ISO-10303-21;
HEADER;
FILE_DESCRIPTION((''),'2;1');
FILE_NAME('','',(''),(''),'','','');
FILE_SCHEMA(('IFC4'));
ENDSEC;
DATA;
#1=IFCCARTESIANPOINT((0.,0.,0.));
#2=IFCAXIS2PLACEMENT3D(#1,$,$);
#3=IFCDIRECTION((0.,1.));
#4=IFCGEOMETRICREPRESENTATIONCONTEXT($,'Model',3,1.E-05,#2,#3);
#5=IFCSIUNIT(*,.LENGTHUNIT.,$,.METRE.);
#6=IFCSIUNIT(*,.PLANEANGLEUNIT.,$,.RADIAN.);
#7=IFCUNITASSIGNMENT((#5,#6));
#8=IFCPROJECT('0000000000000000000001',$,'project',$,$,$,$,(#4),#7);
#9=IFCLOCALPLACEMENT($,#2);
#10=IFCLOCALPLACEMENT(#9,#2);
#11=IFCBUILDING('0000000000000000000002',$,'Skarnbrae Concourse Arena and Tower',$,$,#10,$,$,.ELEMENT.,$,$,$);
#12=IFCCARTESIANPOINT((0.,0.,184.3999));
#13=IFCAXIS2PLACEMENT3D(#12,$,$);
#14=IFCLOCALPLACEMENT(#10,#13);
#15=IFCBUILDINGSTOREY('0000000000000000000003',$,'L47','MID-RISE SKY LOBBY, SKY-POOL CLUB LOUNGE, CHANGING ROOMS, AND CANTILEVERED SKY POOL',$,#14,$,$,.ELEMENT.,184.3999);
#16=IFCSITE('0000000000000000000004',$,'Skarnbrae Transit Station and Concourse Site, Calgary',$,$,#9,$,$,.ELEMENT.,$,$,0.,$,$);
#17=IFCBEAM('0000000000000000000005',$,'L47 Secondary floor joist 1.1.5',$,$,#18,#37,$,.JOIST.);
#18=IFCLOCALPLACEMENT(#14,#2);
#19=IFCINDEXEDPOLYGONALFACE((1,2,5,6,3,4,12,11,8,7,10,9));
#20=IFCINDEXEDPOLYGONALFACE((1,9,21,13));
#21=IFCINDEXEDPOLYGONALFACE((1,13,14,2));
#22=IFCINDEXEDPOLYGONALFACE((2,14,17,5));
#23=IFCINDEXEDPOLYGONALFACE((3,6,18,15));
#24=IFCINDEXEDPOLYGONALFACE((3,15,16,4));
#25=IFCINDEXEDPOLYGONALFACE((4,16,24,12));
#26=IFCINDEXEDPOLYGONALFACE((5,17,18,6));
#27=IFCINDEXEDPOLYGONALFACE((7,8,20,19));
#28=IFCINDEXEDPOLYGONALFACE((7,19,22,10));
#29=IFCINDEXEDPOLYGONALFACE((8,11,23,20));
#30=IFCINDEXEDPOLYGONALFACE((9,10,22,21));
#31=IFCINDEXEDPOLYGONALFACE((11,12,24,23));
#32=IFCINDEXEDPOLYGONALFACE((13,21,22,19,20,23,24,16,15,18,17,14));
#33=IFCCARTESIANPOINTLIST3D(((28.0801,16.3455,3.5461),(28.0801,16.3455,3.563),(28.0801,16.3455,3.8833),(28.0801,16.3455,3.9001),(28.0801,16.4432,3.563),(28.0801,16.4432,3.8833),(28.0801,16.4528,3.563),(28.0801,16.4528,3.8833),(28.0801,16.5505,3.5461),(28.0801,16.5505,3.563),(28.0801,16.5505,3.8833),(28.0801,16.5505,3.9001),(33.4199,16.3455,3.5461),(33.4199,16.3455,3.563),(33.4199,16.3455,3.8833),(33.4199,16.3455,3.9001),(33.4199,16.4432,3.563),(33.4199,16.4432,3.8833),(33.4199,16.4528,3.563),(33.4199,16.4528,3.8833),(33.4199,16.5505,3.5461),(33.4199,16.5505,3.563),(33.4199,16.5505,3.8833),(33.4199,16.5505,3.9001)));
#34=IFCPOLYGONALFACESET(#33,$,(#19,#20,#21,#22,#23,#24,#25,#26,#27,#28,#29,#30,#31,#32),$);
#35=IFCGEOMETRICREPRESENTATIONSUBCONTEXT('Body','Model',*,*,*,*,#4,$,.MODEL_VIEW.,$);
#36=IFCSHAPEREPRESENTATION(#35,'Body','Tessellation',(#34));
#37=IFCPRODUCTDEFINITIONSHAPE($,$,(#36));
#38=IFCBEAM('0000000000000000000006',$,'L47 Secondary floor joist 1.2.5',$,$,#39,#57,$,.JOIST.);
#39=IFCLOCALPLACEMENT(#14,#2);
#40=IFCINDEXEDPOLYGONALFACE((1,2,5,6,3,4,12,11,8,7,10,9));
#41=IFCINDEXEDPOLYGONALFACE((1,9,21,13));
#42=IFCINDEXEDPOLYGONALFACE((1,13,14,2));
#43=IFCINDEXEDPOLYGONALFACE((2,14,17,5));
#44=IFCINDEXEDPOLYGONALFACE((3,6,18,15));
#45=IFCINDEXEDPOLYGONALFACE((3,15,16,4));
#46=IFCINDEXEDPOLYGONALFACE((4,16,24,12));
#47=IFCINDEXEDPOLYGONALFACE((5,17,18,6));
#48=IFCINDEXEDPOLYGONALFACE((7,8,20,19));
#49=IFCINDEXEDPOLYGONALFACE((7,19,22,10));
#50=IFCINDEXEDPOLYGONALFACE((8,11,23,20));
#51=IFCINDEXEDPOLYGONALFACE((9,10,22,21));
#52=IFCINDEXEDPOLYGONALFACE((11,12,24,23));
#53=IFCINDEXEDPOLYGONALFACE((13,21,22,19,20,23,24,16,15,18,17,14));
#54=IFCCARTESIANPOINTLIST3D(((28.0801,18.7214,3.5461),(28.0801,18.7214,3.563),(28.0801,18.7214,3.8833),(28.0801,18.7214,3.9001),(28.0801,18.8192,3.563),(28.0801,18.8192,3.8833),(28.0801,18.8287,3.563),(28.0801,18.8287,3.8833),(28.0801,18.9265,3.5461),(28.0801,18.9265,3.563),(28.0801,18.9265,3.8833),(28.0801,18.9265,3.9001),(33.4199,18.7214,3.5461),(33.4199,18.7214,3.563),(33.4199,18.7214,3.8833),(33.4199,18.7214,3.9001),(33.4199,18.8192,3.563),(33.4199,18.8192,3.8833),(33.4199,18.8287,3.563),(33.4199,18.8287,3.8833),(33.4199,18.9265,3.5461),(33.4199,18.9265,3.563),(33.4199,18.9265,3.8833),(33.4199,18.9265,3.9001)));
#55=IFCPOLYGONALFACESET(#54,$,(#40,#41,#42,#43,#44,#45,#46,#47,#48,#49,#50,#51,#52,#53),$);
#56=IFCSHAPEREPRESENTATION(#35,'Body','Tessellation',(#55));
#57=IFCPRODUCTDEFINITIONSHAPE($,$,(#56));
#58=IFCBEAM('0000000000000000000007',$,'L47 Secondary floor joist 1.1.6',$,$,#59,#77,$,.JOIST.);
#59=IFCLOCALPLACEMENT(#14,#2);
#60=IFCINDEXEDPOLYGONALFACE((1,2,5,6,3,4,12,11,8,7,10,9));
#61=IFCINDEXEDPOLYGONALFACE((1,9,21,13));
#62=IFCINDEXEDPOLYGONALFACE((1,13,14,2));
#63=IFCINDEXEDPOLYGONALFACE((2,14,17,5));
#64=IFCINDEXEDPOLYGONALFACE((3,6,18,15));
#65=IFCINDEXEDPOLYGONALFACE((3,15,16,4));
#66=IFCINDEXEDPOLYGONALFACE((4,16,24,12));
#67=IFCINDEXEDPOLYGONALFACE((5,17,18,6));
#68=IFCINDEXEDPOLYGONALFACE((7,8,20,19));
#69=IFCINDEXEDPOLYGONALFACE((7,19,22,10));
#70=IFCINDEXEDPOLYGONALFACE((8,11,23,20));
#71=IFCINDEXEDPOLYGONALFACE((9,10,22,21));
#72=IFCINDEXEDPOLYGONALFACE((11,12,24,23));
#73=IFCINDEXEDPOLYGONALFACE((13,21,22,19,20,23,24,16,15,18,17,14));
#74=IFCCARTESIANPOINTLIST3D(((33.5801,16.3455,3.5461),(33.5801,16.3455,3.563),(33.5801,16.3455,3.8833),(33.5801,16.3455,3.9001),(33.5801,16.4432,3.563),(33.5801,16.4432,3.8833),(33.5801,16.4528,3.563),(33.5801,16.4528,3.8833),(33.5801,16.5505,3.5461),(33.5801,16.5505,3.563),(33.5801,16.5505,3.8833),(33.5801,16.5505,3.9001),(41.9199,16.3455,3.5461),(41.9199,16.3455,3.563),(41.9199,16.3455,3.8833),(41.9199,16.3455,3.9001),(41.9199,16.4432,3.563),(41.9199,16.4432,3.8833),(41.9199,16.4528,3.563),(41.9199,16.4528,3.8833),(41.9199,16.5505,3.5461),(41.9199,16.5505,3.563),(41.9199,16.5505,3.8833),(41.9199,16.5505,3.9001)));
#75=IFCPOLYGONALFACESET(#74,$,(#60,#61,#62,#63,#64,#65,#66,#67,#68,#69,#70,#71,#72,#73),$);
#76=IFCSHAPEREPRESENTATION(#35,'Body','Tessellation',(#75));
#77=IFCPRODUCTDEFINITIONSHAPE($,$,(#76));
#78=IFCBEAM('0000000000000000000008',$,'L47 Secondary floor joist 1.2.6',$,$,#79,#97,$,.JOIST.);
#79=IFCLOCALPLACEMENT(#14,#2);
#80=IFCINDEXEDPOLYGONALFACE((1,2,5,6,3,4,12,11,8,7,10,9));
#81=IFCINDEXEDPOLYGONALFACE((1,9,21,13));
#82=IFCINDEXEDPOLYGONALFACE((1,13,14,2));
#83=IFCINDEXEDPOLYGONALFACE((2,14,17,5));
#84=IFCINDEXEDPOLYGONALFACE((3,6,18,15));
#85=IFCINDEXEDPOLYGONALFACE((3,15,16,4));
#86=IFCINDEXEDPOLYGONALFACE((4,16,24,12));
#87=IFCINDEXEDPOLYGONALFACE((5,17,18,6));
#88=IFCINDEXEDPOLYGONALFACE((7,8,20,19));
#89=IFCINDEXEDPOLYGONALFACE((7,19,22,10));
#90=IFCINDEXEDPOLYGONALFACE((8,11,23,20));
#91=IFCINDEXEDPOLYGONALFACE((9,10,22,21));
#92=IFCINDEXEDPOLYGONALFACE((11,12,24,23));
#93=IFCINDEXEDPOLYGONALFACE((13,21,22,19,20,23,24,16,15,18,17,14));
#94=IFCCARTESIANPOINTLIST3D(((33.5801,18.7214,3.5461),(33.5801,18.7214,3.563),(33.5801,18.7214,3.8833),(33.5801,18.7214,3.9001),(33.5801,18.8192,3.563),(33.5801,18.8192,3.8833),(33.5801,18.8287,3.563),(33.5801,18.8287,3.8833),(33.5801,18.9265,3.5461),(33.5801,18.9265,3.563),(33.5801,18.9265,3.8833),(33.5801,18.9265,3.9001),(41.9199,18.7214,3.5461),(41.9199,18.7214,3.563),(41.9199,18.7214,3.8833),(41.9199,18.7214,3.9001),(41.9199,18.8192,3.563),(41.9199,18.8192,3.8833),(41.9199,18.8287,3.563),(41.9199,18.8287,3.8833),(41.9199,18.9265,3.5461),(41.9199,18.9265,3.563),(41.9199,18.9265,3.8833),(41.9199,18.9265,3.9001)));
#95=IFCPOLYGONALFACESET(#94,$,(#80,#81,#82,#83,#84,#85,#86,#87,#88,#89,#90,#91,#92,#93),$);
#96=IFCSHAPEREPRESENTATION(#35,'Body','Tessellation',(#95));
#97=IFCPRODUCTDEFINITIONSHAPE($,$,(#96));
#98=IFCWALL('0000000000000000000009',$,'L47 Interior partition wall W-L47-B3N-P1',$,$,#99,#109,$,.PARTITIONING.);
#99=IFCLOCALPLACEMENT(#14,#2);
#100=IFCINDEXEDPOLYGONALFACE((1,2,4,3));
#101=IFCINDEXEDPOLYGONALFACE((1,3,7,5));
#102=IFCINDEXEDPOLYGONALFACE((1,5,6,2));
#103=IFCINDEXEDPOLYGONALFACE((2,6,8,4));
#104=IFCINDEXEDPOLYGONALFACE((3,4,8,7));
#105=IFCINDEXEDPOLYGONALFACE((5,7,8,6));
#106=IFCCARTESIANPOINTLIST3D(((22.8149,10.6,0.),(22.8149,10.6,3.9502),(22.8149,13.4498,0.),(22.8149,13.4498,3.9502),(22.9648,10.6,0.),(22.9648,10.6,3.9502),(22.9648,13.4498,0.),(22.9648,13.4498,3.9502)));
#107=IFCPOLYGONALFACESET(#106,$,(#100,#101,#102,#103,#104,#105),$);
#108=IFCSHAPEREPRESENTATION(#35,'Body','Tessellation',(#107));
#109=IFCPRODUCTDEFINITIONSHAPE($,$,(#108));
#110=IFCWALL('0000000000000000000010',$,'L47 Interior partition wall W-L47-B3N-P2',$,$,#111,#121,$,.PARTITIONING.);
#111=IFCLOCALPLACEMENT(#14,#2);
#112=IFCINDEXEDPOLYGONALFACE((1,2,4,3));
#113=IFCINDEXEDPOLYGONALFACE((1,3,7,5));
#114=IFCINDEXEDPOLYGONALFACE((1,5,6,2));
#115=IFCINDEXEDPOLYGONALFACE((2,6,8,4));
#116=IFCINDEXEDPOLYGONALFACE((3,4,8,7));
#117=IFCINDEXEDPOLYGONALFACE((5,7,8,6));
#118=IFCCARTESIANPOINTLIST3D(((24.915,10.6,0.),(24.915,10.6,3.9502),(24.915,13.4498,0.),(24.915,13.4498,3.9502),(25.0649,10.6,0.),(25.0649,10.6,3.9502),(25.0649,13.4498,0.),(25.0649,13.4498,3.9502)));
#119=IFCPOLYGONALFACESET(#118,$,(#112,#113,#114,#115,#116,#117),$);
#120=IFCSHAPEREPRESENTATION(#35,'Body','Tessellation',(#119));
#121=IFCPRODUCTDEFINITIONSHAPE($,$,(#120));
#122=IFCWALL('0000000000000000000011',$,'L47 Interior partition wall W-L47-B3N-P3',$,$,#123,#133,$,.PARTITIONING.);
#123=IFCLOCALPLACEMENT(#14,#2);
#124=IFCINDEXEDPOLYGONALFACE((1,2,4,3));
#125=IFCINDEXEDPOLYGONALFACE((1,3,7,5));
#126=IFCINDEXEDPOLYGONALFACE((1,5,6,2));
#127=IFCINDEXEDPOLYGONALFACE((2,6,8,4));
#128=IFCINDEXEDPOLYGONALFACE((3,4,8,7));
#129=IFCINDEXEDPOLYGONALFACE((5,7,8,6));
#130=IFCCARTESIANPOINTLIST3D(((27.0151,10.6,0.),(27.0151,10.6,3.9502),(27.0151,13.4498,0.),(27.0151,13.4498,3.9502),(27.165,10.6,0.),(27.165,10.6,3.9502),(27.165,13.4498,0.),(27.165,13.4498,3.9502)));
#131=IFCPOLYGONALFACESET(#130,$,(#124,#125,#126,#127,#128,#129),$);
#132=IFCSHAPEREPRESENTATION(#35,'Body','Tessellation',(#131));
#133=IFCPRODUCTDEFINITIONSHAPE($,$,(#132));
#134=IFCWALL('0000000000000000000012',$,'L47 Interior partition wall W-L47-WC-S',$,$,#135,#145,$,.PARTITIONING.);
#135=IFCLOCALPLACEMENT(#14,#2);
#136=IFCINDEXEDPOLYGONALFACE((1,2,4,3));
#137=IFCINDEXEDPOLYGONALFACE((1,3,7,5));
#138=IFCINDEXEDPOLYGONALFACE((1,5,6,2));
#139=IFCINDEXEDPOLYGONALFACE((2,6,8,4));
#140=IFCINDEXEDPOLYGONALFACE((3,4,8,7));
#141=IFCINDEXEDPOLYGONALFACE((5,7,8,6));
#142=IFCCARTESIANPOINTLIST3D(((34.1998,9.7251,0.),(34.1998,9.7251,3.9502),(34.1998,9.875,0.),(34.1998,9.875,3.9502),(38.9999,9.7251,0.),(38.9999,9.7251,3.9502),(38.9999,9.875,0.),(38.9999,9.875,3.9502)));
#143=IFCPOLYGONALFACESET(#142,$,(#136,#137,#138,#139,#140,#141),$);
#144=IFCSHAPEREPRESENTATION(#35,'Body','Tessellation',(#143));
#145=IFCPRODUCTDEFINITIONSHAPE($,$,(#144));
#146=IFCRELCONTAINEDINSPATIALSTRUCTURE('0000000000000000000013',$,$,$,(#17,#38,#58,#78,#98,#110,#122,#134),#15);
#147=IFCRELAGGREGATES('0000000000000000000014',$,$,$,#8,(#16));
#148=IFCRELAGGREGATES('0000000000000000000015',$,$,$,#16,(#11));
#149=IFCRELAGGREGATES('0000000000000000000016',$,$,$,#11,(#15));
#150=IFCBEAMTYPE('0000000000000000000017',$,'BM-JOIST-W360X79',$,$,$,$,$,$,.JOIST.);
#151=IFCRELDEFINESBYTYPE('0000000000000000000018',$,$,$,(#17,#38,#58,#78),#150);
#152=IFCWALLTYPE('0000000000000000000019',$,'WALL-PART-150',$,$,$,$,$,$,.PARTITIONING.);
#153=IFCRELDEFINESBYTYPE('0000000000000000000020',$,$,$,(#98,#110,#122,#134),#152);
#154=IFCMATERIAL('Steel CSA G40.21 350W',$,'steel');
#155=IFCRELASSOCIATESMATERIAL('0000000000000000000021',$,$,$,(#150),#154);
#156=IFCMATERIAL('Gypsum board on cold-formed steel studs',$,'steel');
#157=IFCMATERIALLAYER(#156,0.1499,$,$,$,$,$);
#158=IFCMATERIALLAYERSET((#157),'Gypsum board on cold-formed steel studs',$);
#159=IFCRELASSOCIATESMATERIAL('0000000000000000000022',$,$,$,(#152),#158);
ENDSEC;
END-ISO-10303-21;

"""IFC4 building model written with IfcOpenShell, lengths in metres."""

from ifc_helpers import new_model, si_unit, direction, frame, frame_2d, origin, origin_2d, place, context, subcontext, project, spatial, rectangle, i_section, extrude, source, transform, mapped, material, layer, layer_set, material_profile, profile_set, type_object, element, save


model = new_model("IFC4")

# Units and contexts
model_context = context("Model", 3, precision=1e-05, world=origin(), true_north=direction((0.0, 1.0)))
body_context = subcontext(model_context, "Body", "Model", "MODEL_VIEW")
ifc_project = project(units=[si_unit("LENGTHUNIT", "METRE"), si_unit("PLANEANGLEUNIT", "RADIAN")], contexts=[model_context])

# Site, building, storey
site_placement = place(None, origin())
site = spatial("IfcSite", under=ifc_project, at=site_placement, Name="Skarnbrae Transit Station and Concourse Site, Calgary", CompositionType="ELEMENT", RefElevation=0.0)
building_placement = place(site_placement, origin())
building = spatial("IfcBuilding", under=site, at=building_placement, Name="Skarnbrae Concourse Arena and Tower", CompositionType="ELEMENT")
storey_placement = place(building_placement, frame((0.0, 0.0, 184.3999)))
storey = spatial("IfcBuildingStorey", under=building, at=storey_placement, Name="L47", Description="MID-RISE SKY LOBBY, SKY-POOL CLUB LOUNGE, CHANGING ROOMS, AND CANTILEVERED SKY POOL", CompositionType="ELEMENT", Elevation=184.3999)

# Shared definitions
ifc_material_1 = material(Name="Steel CSA G40.21 350W", Category="steel")

# Beams
ifc_material_profile_1 = material_profile(ifc_material_1, i_section(OverallWidth=0.2051, OverallDepth=0.354, WebThickness=0.0095, FlangeThickness=0.0168, at=origin_2d()), Name="W360X79")
ifc_profile_set_1 = profile_set([ifc_material_profile_1], Name="Steel CSA G40.21 350W")
beam_type_1 = type_object("IfcBeamType", Name="BM-JOIST-W360X79", PredefinedType="JOIST", material=ifc_profile_set_1)
shared_shape_1 = source(origin(), body_context, "Body", "SweptSolid", [
    extrude(i_section(OverallWidth=0.2051, OverallDepth=0.354, WebThickness=0.0095, FlangeThickness=0.0168, at=origin_2d()), origin(), (0.0, 0.0, 1.0), 5.3398),
])
for number, where, z_axis, x_axis, name in (
    (1, (28.0801, 16.448, 3.7231), (1.0, 0.0, 0.0), (0.0, 1.0, 0.0), "L47 Secondary floor joist 1.1.5"),
    (2, (28.0801, 18.824, 3.7231), (1.0, 0.0, 0.0), (0.0, 1.0, 0.0), "L47 Secondary floor joist 1.2.5"),
):
    element("IfcBeam", number, at=place(storey_placement, frame(where, z_axis=z_axis, x_axis=x_axis)), inside=storey, type_object=beam_type_1, Name=name, PredefinedType="JOIST", context=body_context, shape_type="MappedRepresentation", body=[
        mapped(shared_shape_1, transform((0.0, 0.0, 0.0))),
    ])
shared_shape_2 = source(origin(), body_context, "Body", "SweptSolid", [
    extrude(i_section(OverallWidth=0.2051, OverallDepth=0.354, WebThickness=0.0095, FlangeThickness=0.0168, at=origin_2d()), origin(), (0.0, 0.0, 1.0), 8.3398),
])
for number, where, z_axis, x_axis, name in (
    (3, (33.5801, 16.448, 3.7231), (1.0, 0.0, 0.0), (0.0, 1.0, 0.0), "L47 Secondary floor joist 1.1.6"),
    (4, (33.5801, 18.824, 3.7231), (1.0, 0.0, 0.0), (0.0, 1.0, 0.0), "L47 Secondary floor joist 1.2.6"),
):
    element("IfcBeam", number, at=place(storey_placement, frame(where, z_axis=z_axis, x_axis=x_axis)), inside=storey, type_object=beam_type_1, Name=name, PredefinedType="JOIST", context=body_context, shape_type="MappedRepresentation", body=[
        mapped(shared_shape_2, transform((0.0, 0.0, 0.0))),
    ])

# Walls
ifc_material_2 = material(Name="Gypsum board on cold-formed steel studs", Category="steel")
ifc_layer_1 = layer(ifc_material_2, 0.1499)
ifc_layer_set_1 = layer_set([ifc_layer_1], Name="Gypsum board on cold-formed steel studs")
wall_type_1 = type_object("IfcWallType", Name="WALL-PART-150", PredefinedType="PARTITIONING", material=ifc_layer_set_1)
shared_shape_3 = source(origin(), body_context, "Body", "SweptSolid", [
    extrude(rectangle(XDim=2.8499, YDim=0.1499, at=frame_2d((1.4248, 0.0))), origin(), (0.0, 0.0, 1.0), 3.9502),
])
for number, where, z_axis, x_axis, name in (
    (5, (22.8899, 10.6001, 0.0), (0.0, 0.0, 1.0), (0.0, 1.0, 0.0), "L47 Interior partition wall W-L47-B3N-P1"),
    (6, (24.99, 10.6001, 0.0), (0.0, 0.0, 1.0), (0.0, 1.0, 0.0), "L47 Interior partition wall W-L47-B3N-P2"),
    (7, (27.0901, 10.6001, 0.0), (0.0, 0.0, 1.0), (0.0, 1.0, 0.0), "L47 Interior partition wall W-L47-B3N-P3"),
):
    element("IfcWall", number, at=place(storey_placement, frame(where, z_axis=z_axis, x_axis=x_axis)), inside=storey, type_object=wall_type_1, Name=name, PredefinedType="PARTITIONING", context=body_context, shape_type="MappedRepresentation", body=[
        mapped(shared_shape_3, transform((0.0, 0.0, 0.0))),
    ])
shared_shape_4 = source(origin(), body_context, "Body", "SweptSolid", [
    extrude(rectangle(XDim=4.8, YDim=0.1499, at=frame_2d((2.3999, 0.0))), origin(), (0.0, 0.0, 1.0), 3.9502),
])
wall_1_placement = place(storey_placement, frame((34.2, 9.8, 0.0), z_axis=(0.0, 0.0, 1.0), x_axis=(1.0, 0.0, 0.0)))
element("IfcWall", 8, at=wall_1_placement, inside=storey, type_object=wall_type_1, Name="L47 Interior partition wall W-L47-WC-S", PredefinedType="PARTITIONING", context=body_context, shape_type="MappedRepresentation", body=[
    mapped(shared_shape_4, transform((0.0, 0.0, 0.0))),
])

save(model, "model.ifc")
